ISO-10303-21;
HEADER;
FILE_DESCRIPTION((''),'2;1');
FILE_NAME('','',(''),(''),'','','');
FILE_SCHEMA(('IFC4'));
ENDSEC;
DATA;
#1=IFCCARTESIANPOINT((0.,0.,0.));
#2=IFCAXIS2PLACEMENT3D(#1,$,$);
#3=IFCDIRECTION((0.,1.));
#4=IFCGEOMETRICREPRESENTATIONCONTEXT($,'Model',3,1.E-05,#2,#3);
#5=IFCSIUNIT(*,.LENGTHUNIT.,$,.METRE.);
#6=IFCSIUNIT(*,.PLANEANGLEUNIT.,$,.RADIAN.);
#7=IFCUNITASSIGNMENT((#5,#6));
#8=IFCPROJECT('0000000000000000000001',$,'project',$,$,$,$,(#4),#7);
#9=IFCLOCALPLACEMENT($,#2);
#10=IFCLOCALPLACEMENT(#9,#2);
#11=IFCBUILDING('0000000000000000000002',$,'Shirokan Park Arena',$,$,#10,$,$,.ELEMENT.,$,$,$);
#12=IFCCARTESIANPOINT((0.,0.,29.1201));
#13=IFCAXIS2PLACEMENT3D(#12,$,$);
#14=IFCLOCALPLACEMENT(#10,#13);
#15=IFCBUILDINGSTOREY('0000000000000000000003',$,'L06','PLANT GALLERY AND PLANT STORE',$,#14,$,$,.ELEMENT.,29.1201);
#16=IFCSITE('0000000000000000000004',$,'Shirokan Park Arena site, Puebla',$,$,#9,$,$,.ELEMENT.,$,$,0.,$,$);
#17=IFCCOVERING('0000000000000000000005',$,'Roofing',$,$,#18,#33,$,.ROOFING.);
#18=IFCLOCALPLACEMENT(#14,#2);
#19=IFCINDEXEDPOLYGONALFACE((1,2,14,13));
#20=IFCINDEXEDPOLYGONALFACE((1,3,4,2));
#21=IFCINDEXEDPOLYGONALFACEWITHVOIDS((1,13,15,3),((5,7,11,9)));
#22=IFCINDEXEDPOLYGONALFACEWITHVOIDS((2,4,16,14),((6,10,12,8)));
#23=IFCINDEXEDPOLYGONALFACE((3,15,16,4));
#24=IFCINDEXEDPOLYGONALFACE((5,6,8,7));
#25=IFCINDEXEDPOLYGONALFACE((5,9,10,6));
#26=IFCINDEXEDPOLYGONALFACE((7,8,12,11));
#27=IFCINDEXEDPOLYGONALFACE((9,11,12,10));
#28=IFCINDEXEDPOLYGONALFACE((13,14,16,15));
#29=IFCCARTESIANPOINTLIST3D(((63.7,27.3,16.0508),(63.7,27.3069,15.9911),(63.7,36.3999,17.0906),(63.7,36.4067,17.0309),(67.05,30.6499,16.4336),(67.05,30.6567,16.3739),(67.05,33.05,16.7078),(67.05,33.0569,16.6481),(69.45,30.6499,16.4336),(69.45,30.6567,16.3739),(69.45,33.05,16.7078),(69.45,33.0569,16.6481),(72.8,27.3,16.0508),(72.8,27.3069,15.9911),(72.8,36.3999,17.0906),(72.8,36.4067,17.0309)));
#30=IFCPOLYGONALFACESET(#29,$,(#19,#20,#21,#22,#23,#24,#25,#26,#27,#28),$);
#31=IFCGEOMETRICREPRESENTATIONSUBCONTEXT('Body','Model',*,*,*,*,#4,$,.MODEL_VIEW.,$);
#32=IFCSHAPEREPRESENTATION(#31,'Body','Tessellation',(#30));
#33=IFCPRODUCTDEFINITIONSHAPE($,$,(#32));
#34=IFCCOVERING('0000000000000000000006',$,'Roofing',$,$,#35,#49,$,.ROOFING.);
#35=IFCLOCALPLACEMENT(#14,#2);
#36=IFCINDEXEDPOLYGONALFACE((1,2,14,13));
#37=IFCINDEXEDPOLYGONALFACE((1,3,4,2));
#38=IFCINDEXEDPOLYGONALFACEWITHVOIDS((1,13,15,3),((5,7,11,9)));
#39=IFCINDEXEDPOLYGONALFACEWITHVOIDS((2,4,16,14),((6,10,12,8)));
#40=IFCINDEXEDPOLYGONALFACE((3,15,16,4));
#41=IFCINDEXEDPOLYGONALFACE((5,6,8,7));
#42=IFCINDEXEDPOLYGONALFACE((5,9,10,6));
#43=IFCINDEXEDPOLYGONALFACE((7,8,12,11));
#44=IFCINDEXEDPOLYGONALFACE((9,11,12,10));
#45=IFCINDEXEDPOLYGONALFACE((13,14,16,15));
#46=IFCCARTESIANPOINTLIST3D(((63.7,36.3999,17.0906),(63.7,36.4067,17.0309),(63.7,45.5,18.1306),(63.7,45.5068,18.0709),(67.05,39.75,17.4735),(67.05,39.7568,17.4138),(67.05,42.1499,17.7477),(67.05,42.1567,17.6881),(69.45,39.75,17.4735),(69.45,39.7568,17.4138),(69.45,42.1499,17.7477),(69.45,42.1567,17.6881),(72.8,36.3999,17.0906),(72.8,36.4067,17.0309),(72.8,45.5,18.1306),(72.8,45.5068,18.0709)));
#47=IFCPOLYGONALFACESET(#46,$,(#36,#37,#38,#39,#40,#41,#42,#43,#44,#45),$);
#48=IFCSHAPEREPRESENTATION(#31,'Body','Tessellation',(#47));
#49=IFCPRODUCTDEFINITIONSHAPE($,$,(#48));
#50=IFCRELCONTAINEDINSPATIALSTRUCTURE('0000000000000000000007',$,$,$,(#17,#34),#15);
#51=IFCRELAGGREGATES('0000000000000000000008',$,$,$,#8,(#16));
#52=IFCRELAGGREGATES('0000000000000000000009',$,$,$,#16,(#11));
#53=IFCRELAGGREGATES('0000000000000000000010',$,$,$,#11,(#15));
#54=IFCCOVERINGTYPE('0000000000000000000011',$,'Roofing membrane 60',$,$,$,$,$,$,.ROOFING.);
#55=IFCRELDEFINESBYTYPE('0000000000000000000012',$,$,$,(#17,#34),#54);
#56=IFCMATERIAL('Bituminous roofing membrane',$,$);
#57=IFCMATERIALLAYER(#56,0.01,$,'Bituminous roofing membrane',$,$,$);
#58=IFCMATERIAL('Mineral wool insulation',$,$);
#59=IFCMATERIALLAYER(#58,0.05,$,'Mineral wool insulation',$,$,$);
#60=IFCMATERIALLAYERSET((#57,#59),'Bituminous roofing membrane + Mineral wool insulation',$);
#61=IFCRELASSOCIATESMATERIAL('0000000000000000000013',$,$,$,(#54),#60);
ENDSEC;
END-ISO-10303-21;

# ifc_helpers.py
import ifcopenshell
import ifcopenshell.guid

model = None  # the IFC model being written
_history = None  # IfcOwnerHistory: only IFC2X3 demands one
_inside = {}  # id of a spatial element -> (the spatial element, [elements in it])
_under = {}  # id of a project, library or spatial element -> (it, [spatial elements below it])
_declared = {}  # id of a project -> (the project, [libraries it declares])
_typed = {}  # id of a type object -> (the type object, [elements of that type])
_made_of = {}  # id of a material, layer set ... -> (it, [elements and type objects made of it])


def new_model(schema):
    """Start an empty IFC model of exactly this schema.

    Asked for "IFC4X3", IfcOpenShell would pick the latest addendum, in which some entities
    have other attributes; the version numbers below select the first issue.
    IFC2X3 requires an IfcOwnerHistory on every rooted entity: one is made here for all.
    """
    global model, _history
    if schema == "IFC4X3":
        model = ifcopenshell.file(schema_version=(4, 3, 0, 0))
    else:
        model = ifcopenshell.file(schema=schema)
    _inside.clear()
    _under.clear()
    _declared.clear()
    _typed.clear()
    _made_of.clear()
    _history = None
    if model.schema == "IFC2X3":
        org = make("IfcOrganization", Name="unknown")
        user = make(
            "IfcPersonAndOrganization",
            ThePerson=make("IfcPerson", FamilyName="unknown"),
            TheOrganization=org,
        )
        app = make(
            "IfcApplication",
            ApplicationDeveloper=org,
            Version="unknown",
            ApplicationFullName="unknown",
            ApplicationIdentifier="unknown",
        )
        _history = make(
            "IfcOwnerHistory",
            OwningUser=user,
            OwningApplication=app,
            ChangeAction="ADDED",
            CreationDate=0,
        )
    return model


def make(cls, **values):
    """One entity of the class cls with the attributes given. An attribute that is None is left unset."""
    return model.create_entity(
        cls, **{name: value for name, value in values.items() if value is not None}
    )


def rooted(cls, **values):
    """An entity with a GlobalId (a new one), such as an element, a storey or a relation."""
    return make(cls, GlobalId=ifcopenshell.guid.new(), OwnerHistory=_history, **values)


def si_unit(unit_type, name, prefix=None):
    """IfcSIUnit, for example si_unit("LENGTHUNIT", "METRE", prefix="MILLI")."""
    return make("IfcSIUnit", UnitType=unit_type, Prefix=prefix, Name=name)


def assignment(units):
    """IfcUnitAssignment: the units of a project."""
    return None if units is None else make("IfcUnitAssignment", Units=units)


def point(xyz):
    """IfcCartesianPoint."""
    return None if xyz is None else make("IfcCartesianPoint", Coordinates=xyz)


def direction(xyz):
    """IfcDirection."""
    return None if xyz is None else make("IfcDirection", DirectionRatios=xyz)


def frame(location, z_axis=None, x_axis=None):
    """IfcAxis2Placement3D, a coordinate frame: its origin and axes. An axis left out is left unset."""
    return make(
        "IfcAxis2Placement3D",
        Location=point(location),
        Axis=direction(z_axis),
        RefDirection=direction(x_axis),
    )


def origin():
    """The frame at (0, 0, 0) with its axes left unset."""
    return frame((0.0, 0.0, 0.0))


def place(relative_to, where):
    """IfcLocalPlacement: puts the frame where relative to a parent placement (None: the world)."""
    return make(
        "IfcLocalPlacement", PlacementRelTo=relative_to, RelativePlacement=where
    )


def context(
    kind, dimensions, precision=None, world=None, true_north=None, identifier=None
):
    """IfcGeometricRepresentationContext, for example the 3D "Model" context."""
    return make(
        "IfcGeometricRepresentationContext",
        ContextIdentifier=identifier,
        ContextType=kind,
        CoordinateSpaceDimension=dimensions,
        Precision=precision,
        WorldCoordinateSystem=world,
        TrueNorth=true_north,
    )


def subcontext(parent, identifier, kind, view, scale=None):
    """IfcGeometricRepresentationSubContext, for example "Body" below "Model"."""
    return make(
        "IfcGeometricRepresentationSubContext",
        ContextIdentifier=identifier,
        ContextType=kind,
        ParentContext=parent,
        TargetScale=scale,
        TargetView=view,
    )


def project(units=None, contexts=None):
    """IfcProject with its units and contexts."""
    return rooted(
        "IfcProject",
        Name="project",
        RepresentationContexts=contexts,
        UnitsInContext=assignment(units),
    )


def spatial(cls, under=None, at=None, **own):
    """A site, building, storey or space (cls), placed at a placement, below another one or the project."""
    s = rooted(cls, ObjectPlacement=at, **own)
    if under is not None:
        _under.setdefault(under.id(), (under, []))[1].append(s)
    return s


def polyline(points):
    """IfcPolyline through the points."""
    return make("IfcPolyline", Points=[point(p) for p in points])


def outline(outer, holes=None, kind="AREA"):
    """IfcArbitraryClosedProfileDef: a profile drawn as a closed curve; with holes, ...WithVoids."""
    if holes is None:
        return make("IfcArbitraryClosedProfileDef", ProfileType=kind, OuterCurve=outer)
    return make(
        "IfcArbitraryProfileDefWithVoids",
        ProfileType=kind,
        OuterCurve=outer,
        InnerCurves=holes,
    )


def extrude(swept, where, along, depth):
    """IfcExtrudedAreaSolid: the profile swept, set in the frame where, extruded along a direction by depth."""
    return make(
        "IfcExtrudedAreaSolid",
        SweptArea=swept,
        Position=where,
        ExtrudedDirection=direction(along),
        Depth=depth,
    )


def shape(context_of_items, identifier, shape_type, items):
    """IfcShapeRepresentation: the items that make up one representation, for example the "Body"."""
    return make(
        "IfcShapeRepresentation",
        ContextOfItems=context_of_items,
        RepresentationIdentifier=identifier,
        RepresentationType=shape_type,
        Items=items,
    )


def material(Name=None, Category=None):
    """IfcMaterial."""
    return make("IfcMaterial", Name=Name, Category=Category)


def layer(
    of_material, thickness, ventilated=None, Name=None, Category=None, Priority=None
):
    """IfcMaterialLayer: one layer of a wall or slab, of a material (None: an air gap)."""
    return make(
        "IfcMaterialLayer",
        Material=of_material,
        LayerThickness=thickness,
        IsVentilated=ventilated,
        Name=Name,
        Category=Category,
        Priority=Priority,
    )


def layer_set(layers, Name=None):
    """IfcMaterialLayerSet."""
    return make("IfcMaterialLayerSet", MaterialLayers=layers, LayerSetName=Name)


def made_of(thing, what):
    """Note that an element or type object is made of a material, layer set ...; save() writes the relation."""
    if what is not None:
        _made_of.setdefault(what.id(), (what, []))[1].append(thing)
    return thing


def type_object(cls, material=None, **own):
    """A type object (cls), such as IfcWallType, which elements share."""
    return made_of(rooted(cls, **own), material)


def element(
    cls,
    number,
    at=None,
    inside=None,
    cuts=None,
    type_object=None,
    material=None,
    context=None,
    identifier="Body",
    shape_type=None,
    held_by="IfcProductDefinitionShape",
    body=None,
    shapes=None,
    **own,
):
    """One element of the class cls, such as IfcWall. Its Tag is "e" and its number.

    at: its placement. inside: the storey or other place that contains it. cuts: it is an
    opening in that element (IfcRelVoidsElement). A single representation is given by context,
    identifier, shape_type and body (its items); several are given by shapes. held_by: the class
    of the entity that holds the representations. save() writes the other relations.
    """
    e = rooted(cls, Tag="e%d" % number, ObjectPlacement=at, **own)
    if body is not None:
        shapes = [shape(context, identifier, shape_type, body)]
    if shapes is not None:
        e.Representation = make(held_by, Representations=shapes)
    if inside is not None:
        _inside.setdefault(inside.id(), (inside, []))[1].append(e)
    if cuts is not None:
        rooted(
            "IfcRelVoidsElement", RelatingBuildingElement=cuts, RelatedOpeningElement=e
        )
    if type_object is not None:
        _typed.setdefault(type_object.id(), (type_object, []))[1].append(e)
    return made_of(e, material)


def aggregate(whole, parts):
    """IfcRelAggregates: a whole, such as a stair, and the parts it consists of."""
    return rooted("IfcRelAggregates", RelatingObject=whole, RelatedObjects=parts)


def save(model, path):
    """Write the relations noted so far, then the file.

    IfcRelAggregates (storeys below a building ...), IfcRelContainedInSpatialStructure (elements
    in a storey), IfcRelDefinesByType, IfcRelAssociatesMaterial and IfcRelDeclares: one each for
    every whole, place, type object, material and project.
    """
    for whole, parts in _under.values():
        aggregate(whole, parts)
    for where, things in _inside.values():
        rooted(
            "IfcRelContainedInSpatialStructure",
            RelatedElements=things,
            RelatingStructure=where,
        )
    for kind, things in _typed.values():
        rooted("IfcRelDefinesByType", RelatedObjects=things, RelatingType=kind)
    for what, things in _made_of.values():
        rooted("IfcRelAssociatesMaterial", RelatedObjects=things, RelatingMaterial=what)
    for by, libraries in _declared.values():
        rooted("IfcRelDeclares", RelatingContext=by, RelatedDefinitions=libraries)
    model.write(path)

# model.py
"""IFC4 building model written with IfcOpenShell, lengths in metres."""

from ifc_helpers import new_model, si_unit, direction, frame, origin, place, context, subcontext, project, spatial, polyline, outline, extrude, material, layer, layer_set, type_object, element, save


model = new_model("IFC4")

# Units and contexts
model_context = context("Model", 3, precision=1e-05, world=origin(), true_north=direction((0.0, 1.0)))
body_context = subcontext(model_context, "Body", "Model", "MODEL_VIEW")
ifc_project = project(units=[si_unit("LENGTHUNIT", "METRE"), si_unit("PLANEANGLEUNIT", "RADIAN")], contexts=[model_context])

# Site, building, storey
site_placement = place(None, origin())
site = spatial("IfcSite", under=ifc_project, at=site_placement, Name="Shirokan Park Arena site, Puebla", CompositionType="ELEMENT", RefElevation=0.0)
building_placement = place(site_placement, origin())
building = spatial("IfcBuilding", under=site, at=building_placement, Name="Shirokan Park Arena", CompositionType="ELEMENT")
storey_placement = place(building_placement, frame((0.0, 0.0, 29.1201)))
storey = spatial("IfcBuildingStorey", under=building, at=storey_placement, Name="L06", Description="PLANT GALLERY AND PLANT STORE", CompositionType="ELEMENT", Elevation=29.1201)

# Coverings
ifc_material_1 = material(Name="Bituminous roofing membrane")
ifc_layer_1 = layer(ifc_material_1, 0.01, Name="Bituminous roofing membrane")
ifc_material_2 = material(Name="Mineral wool insulation")
ifc_layer_2 = layer(ifc_material_2, 0.05, Name="Mineral wool insulation")
ifc_layer_set_1 = layer_set([ifc_layer_1, ifc_layer_2], Name="Bituminous roofing membrane + Mineral wool insulation")
covering_type = type_object("IfcCoveringType", Name="Roofing membrane 60", PredefinedType="ROOFING", material=ifc_layer_set_1)
covering_1_placement = place(storey_placement, frame((63.7, 27.3, 16.0508), z_axis=(0.0, -0.113526, 0.993535), x_axis=(1.0, 0.0, 0.0)))
element("IfcCovering", 1, at=covering_1_placement, inside=storey, type_object=covering_type, Name="Roofing", PredefinedType="ROOFING", context=body_context, shape_type="SweptSolid", body=[
    extrude(outline(polyline([(0.0, 0.0), (9.1001, 0.0), (9.1001, 9.1591), (0.0, 9.1591), (0.0, 0.0)]), holes=[polyline([(5.75, 3.3717), (5.75, 5.7874), (3.3501, 5.7874), (3.3501, 3.3717), (5.75, 3.3717)])]), origin(), (0.0, 0.0, -1.0), 0.0601),
])
covering_2_placement = place(storey_placement, frame((63.7, 36.3999, 17.0906), z_axis=(0.0, -0.11355, 0.993532), x_axis=(1.0, 0.0, 0.0)))
element("IfcCovering", 2, at=covering_2_placement, inside=storey, type_object=covering_type, Name="Roofing", PredefinedType="ROOFING", context=body_context, shape_type="SweptSolid", body=[
    extrude(outline(polyline([(0.0, 0.0), (9.1001, 0.0), (9.1001, 9.1593), (0.0, 9.1593), (0.0, 0.0)]), holes=[polyline([(5.75, 3.3719), (5.75, 5.7874), (3.3501, 5.7874), (3.3501, 3.3719), (5.75, 3.3719)])]), origin(), (0.0, 0.0, -1.0), 0.0601),
])

save(model, "model.ifc")
